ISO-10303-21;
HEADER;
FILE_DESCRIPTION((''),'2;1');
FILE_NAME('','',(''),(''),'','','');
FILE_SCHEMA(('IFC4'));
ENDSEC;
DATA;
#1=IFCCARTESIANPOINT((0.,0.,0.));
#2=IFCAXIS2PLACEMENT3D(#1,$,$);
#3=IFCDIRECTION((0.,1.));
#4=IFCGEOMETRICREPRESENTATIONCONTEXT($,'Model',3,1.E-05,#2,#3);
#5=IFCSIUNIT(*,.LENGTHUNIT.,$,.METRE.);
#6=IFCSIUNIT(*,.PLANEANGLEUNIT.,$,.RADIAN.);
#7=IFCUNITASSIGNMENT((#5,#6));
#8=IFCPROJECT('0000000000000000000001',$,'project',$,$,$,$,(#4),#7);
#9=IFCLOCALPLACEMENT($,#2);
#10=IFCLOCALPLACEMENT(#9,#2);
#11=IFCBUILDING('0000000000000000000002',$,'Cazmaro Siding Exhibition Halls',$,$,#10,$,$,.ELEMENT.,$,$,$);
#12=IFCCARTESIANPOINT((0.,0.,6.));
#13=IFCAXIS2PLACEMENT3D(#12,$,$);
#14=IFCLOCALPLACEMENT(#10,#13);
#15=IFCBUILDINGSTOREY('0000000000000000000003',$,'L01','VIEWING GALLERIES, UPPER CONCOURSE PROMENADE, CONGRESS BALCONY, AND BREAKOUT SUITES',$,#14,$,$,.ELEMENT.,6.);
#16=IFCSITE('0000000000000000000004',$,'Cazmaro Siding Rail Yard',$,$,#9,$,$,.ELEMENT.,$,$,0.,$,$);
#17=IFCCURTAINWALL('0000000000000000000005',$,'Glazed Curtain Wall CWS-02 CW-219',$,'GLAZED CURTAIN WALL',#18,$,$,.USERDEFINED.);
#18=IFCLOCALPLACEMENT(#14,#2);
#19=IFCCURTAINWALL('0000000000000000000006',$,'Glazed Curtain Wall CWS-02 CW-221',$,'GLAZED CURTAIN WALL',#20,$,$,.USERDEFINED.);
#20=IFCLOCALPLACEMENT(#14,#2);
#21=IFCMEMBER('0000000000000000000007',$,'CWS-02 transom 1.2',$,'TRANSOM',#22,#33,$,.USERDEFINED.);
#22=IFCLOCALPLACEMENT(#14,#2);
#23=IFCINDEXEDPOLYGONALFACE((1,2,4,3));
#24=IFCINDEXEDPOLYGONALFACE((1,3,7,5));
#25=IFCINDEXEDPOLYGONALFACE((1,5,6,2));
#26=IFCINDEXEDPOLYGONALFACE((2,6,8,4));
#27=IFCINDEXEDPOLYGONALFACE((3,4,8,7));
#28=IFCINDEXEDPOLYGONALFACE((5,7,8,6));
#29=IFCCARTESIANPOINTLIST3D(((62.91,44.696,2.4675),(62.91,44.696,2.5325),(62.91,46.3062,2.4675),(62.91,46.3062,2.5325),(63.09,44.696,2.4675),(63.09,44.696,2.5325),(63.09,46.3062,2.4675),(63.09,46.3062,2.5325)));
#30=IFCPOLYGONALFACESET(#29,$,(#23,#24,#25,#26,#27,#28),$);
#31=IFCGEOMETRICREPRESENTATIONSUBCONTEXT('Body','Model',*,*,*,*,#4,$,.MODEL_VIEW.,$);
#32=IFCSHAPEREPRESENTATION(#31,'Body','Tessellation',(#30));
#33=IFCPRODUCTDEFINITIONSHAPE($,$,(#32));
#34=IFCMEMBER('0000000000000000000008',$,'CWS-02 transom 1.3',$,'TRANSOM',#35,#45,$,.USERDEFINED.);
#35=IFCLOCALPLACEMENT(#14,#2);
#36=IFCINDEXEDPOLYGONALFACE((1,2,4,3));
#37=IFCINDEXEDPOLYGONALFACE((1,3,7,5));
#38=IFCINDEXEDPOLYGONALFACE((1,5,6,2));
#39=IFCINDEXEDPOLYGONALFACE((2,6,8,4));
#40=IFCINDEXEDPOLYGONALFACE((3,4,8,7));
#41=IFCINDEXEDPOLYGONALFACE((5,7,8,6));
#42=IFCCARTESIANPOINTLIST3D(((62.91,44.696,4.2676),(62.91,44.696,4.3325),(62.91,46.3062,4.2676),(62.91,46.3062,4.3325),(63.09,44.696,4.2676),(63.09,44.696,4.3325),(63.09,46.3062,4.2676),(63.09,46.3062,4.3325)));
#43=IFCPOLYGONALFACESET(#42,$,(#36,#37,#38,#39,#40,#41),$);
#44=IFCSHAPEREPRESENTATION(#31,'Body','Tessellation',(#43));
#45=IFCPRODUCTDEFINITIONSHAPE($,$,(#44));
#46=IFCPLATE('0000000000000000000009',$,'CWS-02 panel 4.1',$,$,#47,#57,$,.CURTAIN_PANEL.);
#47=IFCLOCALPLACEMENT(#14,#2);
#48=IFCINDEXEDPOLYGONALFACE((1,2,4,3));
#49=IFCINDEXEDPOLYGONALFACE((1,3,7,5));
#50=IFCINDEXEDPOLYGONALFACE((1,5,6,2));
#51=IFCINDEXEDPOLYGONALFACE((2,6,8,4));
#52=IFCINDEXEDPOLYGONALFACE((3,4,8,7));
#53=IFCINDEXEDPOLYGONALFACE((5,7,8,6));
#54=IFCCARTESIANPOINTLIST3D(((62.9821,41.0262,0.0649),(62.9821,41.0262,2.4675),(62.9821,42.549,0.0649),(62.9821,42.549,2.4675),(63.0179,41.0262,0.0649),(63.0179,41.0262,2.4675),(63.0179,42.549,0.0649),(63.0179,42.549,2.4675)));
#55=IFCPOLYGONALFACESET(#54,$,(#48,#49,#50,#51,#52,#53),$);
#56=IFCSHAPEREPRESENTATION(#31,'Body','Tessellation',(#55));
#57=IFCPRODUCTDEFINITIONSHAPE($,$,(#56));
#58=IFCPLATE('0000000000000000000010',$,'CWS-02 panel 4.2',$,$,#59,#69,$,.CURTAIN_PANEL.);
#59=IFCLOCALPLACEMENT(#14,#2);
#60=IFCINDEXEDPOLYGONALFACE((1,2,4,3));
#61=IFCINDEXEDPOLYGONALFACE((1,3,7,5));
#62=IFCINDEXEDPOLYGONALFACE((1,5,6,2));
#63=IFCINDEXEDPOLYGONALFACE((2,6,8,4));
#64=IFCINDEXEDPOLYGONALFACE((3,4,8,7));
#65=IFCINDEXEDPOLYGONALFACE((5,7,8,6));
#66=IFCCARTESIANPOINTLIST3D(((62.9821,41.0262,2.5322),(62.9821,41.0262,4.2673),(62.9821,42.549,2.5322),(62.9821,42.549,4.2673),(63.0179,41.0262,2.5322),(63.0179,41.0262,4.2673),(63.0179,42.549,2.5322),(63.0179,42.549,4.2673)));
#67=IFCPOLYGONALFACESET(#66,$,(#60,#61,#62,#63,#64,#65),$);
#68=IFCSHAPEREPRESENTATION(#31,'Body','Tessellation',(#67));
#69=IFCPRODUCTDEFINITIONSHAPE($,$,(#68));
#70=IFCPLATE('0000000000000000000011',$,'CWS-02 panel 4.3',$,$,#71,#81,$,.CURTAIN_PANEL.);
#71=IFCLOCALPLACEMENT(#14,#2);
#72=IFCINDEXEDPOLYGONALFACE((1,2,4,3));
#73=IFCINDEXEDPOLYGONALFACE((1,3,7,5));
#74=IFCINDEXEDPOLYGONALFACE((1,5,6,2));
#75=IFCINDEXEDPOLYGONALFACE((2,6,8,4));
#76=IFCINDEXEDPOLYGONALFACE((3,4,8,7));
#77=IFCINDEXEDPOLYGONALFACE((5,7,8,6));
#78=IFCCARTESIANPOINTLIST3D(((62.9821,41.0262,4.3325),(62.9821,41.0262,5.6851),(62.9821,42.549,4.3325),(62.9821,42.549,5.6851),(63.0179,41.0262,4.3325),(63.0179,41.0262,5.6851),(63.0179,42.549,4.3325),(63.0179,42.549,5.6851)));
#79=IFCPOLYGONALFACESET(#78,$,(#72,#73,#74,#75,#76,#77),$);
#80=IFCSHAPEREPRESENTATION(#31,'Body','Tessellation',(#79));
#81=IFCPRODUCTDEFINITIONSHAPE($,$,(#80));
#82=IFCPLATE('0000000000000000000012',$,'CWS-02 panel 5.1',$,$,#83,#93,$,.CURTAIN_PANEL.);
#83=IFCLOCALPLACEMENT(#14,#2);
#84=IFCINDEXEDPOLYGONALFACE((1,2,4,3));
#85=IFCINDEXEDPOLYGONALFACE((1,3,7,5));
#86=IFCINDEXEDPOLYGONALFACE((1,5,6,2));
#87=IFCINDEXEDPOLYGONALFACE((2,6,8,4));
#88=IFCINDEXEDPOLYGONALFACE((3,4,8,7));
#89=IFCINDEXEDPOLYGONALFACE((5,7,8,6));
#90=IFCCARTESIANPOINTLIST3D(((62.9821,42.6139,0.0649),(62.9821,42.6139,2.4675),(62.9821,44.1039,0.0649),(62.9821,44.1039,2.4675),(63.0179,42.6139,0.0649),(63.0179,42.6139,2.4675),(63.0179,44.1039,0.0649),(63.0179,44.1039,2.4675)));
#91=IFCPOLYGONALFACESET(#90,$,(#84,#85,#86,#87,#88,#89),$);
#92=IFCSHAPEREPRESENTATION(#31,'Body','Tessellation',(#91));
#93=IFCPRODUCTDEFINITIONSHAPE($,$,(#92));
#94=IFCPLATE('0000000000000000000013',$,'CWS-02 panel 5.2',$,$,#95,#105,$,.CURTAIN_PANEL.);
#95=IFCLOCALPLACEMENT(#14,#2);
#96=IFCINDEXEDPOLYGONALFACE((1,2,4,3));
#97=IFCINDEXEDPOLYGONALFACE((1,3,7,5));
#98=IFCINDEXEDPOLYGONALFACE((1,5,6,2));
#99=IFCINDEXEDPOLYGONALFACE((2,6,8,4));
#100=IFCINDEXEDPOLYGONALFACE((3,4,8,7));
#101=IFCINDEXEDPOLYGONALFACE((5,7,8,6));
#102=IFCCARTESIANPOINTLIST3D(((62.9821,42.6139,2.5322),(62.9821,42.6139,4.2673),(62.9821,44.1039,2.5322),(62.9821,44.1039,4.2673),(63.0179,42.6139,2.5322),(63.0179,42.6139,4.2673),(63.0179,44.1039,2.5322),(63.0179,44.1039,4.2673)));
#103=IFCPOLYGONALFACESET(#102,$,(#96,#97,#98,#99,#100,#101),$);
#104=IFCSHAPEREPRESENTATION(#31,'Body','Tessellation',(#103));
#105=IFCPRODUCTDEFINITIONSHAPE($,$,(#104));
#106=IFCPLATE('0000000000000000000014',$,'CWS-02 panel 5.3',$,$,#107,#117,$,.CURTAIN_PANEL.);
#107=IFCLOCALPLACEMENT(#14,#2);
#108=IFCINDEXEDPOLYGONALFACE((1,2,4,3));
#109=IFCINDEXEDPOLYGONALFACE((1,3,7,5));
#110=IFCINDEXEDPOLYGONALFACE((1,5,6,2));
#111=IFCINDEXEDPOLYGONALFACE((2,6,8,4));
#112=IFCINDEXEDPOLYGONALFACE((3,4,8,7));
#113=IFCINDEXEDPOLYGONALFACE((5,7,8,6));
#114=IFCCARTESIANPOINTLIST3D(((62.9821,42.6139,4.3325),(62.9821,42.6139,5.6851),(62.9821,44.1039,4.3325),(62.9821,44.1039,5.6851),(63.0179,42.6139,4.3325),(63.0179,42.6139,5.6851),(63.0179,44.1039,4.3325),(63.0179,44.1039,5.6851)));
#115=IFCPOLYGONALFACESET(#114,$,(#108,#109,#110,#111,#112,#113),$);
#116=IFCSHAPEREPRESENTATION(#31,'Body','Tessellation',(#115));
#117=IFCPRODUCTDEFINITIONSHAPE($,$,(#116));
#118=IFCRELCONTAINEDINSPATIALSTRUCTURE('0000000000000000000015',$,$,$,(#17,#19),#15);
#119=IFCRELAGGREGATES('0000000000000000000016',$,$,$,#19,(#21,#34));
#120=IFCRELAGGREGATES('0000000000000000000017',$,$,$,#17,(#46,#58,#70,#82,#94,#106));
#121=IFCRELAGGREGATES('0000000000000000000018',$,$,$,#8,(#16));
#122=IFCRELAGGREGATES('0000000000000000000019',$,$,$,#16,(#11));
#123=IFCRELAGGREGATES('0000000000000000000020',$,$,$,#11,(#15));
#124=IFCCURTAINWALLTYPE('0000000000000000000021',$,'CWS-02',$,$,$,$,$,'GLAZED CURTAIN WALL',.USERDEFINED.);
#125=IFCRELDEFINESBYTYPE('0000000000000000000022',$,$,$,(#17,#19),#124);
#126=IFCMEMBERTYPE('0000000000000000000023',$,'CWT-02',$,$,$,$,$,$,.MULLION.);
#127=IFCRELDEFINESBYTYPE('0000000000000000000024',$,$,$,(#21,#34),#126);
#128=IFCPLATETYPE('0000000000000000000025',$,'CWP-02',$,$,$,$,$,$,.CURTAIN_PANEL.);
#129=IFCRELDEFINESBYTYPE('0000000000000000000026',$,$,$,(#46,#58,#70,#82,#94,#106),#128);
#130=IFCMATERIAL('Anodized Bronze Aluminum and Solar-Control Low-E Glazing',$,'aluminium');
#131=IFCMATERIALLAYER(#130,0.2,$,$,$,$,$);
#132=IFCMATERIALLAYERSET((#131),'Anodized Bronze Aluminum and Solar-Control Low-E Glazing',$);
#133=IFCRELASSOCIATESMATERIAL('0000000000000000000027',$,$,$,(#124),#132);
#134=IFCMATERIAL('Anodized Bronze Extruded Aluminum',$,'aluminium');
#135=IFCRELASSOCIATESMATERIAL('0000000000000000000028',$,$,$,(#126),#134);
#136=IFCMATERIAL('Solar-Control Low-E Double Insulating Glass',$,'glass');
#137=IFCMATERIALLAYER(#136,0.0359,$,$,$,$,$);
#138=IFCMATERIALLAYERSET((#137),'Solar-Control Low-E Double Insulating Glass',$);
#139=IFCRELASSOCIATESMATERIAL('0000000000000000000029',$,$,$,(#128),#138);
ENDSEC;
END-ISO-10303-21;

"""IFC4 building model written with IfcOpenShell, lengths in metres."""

from ifc_helpers import new_model, si_unit, direction, frame, origin, origin_2d, place, context, subcontext, project, spatial, rectangle, extrude, material, layer, layer_set, material_profile, profile_set, type_object, element, aggregate, save


model = new_model("IFC4")

# Units and contexts
model_context = context("Model", 3, precision=1e-05, world=origin(), true_north=direction((0.0, 1.0)))
body_context = subcontext(model_context, "Body", "Model", "MODEL_VIEW")
ifc_project = project(units=[si_unit("LENGTHUNIT", "METRE"), si_unit("PLANEANGLEUNIT", "RADIAN")], contexts=[model_context])

# Site, building, storey
site_placement = place(None, origin())
site = spatial("IfcSite", under=ifc_project, at=site_placement, Name="Cazmaro Siding Rail Yard", CompositionType="ELEMENT", RefElevation=0.0)
building_placement = place(site_placement, origin())
building = spatial("IfcBuilding", under=site, at=building_placement, Name="Cazmaro Siding Exhibition Halls", CompositionType="ELEMENT")
storey_placement = place(building_placement, frame((0.0, 0.0, 6.0)))
storey = spatial("IfcBuildingStorey", under=building, at=storey_placement, Name="L01", Description="VIEWING GALLERIES, UPPER CONCOURSE PROMENADE, CONGRESS BALCONY, AND BREAKOUT SUITES", CompositionType="ELEMENT", Elevation=6.0)

# Curtain wall
ifc_material_1 = material(Name="Anodized Bronze Aluminum and Solar-Control Low-E Glazing", Category="aluminium")
ifc_layer_1 = layer(ifc_material_1, 0.2)
ifc_layer_set_1 = layer_set([ifc_layer_1], Name="Anodized Bronze Aluminum and Solar-Control Low-E Glazing")
curtain_wall_type = type_object("IfcCurtainWallType", Name="CWS-02", ElementType="GLAZED CURTAIN WALL", PredefinedType="USERDEFINED", material=ifc_layer_set_1)
curtain_wall_1_placement = place(storey_placement, origin())
curtain_wall_1 = element("IfcCurtainWall", 1, at=curtain_wall_1_placement, inside=storey, type_object=curtain_wall_type, Name="Glazed Curtain Wall CWS-02 CW-219", ObjectType="GLAZED CURTAIN WALL", PredefinedType="USERDEFINED")

# Curtain wall
curtain_wall_2_placement = place(storey_placement, origin())
curtain_wall_2 = element("IfcCurtainWall", 2, at=curtain_wall_2_placement, inside=storey, type_object=curtain_wall_type, Name="Glazed Curtain Wall CWS-02 CW-221", ObjectType="GLAZED CURTAIN WALL", PredefinedType="USERDEFINED")

# Members
ifc_material_2 = material(Name="Anodized Bronze Extruded Aluminum", Category="aluminium")
ifc_material_profile_1 = material_profile(ifc_material_2, rectangle(XDim=0.1799, YDim=0.0649, at=origin_2d()), Name="CWT-02")
ifc_profile_set_1 = profile_set([ifc_material_profile_1], Name="Anodized Bronze Extruded Aluminum")
member_type_1 = type_object("IfcMemberType", Name="CWT-02", PredefinedType="MULLION", material=ifc_profile_set_1)
member_1_placement = place(storey_placement, frame((63.0, 44.696, 2.5), z_axis=(0.0, 1.0, 0.0), x_axis=(-1.0, 0.0, 0.0)))
member_1 = element("IfcMember", 3, at=member_1_placement, type_object=member_type_1, Name="CWS-02 transom 1.2", ObjectType="TRANSOM", PredefinedType="USERDEFINED", context=body_context, shape_type="SweptSolid", body=[
    extrude(rectangle(XDim=0.1799, YDim=0.0649, at=origin_2d()), origin(), (0.0, 0.0, 1.0), 1.6101),
])
member_2_placement = place(storey_placement, frame((63.0, 44.696, 4.3), z_axis=(0.0, 1.0, 0.0), x_axis=(-1.0, 0.0, 0.0)))
member_2 = element("IfcMember", 4, at=member_2_placement, type_object=member_type_1, Name="CWS-02 transom 1.3", ObjectType="TRANSOM", PredefinedType="USERDEFINED", context=body_context, shape_type="SweptSolid", body=[
    extrude(rectangle(XDim=0.1799, YDim=0.0649, at=origin_2d()), origin(), (0.0, 0.0, 1.0), 1.6101),
])
aggregate(curtain_wall_2, [member_1, member_2])

# Plates
ifc_material_3 = material(Name="Solar-Control Low-E Double Insulating Glass", Category="glass")
ifc_layer_2 = layer(ifc_material_3, 0.0359)
ifc_layer_set_2 = layer_set([ifc_layer_2], Name="Solar-Control Low-E Double Insulating Glass")
plate_type = type_object("IfcPlateType", Name="CWP-02", PredefinedType="CURTAIN_PANEL", material=ifc_layer_set_2)
plate_1_placement = place(storey_placement, frame((63.0, 41.7876, 0.0649), z_axis=(0.0, 0.0, 1.0), x_axis=(0.0, 1.0, 0.0)))
plate_1 = element("IfcPlate", 5, at=plate_1_placement, type_object=plate_type, Name="CWS-02 panel 4.1", PredefinedType="CURTAIN_PANEL", context=body_context, shape_type="SweptSolid", body=[
    extrude(rectangle(XDim=1.5227, YDim=0.0359, at=origin_2d()), origin(), (0.0, 0.0, 1.0), 2.4026),
])
plate_2_placement = place(storey_placement, frame((63.0, 41.7876, 2.5322), z_axis=(0.0, 0.0, 1.0), x_axis=(0.0, 1.0, 0.0)))
plate_2 = element("IfcPlate", 6, at=plate_2_placement, type_object=plate_type, Name="CWS-02 panel 4.2", PredefinedType="CURTAIN_PANEL", context=body_context, shape_type="SweptSolid", body=[
    extrude(rectangle(XDim=1.5227, YDim=0.0359, at=origin_2d()), origin(), (0.0, 0.0, 1.0), 1.7351),
])
plate_3_placement = place(storey_placement, frame((63.0, 41.7876, 4.3325), z_axis=(0.0, 0.0, 1.0), x_axis=(0.0, 1.0, 0.0)))
plate_3 = element("IfcPlate", 7, at=plate_3_placement, type_object=plate_type, Name="CWS-02 panel 4.3", PredefinedType="CURTAIN_PANEL", context=body_context, shape_type="SweptSolid", body=[
    extrude(rectangle(XDim=1.5227, YDim=0.0359, at=origin_2d()), origin(), (0.0, 0.0, 1.0), 1.3525),
])
plate_4_placement = place(storey_placement, frame((63.0, 43.3589, 0.0649), z_axis=(0.0, 0.0, 1.0), x_axis=(0.0, 1.0, 0.0)))
plate_4 = element("IfcPlate", 8, at=plate_4_placement, type_object=plate_type, Name="CWS-02 panel 5.1", PredefinedType="CURTAIN_PANEL", context=body_context, shape_type="SweptSolid", body=[
    extrude(rectangle(XDim=1.49, YDim=0.0359, at=origin_2d()), origin(), (0.0, 0.0, 1.0), 2.4026),
])
plate_5_placement = place(storey_placement, frame((63.0, 43.3589, 2.5322), z_axis=(0.0, 0.0, 1.0), x_axis=(0.0, 1.0, 0.0)))
plate_5 = element("IfcPlate", 9, at=plate_5_placement, type_object=plate_type, Name="CWS-02 panel 5.2", PredefinedType="CURTAIN_PANEL", context=body_context, shape_type="SweptSolid", body=[
    extrude(rectangle(XDim=1.49, YDim=0.0359, at=origin_2d()), origin(), (0.0, 0.0, 1.0), 1.7351),
])
plate_6_placement = place(storey_placement, frame((63.0, 43.3589, 4.3325), z_axis=(0.0, 0.0, 1.0), x_axis=(0.0, 1.0, 0.0)))
plate_6 = element("IfcPlate", 10, at=plate_6_placement, type_object=plate_type, Name="CWS-02 panel 5.3", PredefinedType="CURTAIN_PANEL", context=body_context, shape_type="SweptSolid", body=[
    extrude(rectangle(XDim=1.49, YDim=0.0359, at=origin_2d()), origin(), (0.0, 0.0, 1.0), 1.3525),
])
aggregate(curtain_wall_1, [plate_1, plate_2, plate_3, plate_4, plate_5, plate_6])

save(model, "model.ifc")
